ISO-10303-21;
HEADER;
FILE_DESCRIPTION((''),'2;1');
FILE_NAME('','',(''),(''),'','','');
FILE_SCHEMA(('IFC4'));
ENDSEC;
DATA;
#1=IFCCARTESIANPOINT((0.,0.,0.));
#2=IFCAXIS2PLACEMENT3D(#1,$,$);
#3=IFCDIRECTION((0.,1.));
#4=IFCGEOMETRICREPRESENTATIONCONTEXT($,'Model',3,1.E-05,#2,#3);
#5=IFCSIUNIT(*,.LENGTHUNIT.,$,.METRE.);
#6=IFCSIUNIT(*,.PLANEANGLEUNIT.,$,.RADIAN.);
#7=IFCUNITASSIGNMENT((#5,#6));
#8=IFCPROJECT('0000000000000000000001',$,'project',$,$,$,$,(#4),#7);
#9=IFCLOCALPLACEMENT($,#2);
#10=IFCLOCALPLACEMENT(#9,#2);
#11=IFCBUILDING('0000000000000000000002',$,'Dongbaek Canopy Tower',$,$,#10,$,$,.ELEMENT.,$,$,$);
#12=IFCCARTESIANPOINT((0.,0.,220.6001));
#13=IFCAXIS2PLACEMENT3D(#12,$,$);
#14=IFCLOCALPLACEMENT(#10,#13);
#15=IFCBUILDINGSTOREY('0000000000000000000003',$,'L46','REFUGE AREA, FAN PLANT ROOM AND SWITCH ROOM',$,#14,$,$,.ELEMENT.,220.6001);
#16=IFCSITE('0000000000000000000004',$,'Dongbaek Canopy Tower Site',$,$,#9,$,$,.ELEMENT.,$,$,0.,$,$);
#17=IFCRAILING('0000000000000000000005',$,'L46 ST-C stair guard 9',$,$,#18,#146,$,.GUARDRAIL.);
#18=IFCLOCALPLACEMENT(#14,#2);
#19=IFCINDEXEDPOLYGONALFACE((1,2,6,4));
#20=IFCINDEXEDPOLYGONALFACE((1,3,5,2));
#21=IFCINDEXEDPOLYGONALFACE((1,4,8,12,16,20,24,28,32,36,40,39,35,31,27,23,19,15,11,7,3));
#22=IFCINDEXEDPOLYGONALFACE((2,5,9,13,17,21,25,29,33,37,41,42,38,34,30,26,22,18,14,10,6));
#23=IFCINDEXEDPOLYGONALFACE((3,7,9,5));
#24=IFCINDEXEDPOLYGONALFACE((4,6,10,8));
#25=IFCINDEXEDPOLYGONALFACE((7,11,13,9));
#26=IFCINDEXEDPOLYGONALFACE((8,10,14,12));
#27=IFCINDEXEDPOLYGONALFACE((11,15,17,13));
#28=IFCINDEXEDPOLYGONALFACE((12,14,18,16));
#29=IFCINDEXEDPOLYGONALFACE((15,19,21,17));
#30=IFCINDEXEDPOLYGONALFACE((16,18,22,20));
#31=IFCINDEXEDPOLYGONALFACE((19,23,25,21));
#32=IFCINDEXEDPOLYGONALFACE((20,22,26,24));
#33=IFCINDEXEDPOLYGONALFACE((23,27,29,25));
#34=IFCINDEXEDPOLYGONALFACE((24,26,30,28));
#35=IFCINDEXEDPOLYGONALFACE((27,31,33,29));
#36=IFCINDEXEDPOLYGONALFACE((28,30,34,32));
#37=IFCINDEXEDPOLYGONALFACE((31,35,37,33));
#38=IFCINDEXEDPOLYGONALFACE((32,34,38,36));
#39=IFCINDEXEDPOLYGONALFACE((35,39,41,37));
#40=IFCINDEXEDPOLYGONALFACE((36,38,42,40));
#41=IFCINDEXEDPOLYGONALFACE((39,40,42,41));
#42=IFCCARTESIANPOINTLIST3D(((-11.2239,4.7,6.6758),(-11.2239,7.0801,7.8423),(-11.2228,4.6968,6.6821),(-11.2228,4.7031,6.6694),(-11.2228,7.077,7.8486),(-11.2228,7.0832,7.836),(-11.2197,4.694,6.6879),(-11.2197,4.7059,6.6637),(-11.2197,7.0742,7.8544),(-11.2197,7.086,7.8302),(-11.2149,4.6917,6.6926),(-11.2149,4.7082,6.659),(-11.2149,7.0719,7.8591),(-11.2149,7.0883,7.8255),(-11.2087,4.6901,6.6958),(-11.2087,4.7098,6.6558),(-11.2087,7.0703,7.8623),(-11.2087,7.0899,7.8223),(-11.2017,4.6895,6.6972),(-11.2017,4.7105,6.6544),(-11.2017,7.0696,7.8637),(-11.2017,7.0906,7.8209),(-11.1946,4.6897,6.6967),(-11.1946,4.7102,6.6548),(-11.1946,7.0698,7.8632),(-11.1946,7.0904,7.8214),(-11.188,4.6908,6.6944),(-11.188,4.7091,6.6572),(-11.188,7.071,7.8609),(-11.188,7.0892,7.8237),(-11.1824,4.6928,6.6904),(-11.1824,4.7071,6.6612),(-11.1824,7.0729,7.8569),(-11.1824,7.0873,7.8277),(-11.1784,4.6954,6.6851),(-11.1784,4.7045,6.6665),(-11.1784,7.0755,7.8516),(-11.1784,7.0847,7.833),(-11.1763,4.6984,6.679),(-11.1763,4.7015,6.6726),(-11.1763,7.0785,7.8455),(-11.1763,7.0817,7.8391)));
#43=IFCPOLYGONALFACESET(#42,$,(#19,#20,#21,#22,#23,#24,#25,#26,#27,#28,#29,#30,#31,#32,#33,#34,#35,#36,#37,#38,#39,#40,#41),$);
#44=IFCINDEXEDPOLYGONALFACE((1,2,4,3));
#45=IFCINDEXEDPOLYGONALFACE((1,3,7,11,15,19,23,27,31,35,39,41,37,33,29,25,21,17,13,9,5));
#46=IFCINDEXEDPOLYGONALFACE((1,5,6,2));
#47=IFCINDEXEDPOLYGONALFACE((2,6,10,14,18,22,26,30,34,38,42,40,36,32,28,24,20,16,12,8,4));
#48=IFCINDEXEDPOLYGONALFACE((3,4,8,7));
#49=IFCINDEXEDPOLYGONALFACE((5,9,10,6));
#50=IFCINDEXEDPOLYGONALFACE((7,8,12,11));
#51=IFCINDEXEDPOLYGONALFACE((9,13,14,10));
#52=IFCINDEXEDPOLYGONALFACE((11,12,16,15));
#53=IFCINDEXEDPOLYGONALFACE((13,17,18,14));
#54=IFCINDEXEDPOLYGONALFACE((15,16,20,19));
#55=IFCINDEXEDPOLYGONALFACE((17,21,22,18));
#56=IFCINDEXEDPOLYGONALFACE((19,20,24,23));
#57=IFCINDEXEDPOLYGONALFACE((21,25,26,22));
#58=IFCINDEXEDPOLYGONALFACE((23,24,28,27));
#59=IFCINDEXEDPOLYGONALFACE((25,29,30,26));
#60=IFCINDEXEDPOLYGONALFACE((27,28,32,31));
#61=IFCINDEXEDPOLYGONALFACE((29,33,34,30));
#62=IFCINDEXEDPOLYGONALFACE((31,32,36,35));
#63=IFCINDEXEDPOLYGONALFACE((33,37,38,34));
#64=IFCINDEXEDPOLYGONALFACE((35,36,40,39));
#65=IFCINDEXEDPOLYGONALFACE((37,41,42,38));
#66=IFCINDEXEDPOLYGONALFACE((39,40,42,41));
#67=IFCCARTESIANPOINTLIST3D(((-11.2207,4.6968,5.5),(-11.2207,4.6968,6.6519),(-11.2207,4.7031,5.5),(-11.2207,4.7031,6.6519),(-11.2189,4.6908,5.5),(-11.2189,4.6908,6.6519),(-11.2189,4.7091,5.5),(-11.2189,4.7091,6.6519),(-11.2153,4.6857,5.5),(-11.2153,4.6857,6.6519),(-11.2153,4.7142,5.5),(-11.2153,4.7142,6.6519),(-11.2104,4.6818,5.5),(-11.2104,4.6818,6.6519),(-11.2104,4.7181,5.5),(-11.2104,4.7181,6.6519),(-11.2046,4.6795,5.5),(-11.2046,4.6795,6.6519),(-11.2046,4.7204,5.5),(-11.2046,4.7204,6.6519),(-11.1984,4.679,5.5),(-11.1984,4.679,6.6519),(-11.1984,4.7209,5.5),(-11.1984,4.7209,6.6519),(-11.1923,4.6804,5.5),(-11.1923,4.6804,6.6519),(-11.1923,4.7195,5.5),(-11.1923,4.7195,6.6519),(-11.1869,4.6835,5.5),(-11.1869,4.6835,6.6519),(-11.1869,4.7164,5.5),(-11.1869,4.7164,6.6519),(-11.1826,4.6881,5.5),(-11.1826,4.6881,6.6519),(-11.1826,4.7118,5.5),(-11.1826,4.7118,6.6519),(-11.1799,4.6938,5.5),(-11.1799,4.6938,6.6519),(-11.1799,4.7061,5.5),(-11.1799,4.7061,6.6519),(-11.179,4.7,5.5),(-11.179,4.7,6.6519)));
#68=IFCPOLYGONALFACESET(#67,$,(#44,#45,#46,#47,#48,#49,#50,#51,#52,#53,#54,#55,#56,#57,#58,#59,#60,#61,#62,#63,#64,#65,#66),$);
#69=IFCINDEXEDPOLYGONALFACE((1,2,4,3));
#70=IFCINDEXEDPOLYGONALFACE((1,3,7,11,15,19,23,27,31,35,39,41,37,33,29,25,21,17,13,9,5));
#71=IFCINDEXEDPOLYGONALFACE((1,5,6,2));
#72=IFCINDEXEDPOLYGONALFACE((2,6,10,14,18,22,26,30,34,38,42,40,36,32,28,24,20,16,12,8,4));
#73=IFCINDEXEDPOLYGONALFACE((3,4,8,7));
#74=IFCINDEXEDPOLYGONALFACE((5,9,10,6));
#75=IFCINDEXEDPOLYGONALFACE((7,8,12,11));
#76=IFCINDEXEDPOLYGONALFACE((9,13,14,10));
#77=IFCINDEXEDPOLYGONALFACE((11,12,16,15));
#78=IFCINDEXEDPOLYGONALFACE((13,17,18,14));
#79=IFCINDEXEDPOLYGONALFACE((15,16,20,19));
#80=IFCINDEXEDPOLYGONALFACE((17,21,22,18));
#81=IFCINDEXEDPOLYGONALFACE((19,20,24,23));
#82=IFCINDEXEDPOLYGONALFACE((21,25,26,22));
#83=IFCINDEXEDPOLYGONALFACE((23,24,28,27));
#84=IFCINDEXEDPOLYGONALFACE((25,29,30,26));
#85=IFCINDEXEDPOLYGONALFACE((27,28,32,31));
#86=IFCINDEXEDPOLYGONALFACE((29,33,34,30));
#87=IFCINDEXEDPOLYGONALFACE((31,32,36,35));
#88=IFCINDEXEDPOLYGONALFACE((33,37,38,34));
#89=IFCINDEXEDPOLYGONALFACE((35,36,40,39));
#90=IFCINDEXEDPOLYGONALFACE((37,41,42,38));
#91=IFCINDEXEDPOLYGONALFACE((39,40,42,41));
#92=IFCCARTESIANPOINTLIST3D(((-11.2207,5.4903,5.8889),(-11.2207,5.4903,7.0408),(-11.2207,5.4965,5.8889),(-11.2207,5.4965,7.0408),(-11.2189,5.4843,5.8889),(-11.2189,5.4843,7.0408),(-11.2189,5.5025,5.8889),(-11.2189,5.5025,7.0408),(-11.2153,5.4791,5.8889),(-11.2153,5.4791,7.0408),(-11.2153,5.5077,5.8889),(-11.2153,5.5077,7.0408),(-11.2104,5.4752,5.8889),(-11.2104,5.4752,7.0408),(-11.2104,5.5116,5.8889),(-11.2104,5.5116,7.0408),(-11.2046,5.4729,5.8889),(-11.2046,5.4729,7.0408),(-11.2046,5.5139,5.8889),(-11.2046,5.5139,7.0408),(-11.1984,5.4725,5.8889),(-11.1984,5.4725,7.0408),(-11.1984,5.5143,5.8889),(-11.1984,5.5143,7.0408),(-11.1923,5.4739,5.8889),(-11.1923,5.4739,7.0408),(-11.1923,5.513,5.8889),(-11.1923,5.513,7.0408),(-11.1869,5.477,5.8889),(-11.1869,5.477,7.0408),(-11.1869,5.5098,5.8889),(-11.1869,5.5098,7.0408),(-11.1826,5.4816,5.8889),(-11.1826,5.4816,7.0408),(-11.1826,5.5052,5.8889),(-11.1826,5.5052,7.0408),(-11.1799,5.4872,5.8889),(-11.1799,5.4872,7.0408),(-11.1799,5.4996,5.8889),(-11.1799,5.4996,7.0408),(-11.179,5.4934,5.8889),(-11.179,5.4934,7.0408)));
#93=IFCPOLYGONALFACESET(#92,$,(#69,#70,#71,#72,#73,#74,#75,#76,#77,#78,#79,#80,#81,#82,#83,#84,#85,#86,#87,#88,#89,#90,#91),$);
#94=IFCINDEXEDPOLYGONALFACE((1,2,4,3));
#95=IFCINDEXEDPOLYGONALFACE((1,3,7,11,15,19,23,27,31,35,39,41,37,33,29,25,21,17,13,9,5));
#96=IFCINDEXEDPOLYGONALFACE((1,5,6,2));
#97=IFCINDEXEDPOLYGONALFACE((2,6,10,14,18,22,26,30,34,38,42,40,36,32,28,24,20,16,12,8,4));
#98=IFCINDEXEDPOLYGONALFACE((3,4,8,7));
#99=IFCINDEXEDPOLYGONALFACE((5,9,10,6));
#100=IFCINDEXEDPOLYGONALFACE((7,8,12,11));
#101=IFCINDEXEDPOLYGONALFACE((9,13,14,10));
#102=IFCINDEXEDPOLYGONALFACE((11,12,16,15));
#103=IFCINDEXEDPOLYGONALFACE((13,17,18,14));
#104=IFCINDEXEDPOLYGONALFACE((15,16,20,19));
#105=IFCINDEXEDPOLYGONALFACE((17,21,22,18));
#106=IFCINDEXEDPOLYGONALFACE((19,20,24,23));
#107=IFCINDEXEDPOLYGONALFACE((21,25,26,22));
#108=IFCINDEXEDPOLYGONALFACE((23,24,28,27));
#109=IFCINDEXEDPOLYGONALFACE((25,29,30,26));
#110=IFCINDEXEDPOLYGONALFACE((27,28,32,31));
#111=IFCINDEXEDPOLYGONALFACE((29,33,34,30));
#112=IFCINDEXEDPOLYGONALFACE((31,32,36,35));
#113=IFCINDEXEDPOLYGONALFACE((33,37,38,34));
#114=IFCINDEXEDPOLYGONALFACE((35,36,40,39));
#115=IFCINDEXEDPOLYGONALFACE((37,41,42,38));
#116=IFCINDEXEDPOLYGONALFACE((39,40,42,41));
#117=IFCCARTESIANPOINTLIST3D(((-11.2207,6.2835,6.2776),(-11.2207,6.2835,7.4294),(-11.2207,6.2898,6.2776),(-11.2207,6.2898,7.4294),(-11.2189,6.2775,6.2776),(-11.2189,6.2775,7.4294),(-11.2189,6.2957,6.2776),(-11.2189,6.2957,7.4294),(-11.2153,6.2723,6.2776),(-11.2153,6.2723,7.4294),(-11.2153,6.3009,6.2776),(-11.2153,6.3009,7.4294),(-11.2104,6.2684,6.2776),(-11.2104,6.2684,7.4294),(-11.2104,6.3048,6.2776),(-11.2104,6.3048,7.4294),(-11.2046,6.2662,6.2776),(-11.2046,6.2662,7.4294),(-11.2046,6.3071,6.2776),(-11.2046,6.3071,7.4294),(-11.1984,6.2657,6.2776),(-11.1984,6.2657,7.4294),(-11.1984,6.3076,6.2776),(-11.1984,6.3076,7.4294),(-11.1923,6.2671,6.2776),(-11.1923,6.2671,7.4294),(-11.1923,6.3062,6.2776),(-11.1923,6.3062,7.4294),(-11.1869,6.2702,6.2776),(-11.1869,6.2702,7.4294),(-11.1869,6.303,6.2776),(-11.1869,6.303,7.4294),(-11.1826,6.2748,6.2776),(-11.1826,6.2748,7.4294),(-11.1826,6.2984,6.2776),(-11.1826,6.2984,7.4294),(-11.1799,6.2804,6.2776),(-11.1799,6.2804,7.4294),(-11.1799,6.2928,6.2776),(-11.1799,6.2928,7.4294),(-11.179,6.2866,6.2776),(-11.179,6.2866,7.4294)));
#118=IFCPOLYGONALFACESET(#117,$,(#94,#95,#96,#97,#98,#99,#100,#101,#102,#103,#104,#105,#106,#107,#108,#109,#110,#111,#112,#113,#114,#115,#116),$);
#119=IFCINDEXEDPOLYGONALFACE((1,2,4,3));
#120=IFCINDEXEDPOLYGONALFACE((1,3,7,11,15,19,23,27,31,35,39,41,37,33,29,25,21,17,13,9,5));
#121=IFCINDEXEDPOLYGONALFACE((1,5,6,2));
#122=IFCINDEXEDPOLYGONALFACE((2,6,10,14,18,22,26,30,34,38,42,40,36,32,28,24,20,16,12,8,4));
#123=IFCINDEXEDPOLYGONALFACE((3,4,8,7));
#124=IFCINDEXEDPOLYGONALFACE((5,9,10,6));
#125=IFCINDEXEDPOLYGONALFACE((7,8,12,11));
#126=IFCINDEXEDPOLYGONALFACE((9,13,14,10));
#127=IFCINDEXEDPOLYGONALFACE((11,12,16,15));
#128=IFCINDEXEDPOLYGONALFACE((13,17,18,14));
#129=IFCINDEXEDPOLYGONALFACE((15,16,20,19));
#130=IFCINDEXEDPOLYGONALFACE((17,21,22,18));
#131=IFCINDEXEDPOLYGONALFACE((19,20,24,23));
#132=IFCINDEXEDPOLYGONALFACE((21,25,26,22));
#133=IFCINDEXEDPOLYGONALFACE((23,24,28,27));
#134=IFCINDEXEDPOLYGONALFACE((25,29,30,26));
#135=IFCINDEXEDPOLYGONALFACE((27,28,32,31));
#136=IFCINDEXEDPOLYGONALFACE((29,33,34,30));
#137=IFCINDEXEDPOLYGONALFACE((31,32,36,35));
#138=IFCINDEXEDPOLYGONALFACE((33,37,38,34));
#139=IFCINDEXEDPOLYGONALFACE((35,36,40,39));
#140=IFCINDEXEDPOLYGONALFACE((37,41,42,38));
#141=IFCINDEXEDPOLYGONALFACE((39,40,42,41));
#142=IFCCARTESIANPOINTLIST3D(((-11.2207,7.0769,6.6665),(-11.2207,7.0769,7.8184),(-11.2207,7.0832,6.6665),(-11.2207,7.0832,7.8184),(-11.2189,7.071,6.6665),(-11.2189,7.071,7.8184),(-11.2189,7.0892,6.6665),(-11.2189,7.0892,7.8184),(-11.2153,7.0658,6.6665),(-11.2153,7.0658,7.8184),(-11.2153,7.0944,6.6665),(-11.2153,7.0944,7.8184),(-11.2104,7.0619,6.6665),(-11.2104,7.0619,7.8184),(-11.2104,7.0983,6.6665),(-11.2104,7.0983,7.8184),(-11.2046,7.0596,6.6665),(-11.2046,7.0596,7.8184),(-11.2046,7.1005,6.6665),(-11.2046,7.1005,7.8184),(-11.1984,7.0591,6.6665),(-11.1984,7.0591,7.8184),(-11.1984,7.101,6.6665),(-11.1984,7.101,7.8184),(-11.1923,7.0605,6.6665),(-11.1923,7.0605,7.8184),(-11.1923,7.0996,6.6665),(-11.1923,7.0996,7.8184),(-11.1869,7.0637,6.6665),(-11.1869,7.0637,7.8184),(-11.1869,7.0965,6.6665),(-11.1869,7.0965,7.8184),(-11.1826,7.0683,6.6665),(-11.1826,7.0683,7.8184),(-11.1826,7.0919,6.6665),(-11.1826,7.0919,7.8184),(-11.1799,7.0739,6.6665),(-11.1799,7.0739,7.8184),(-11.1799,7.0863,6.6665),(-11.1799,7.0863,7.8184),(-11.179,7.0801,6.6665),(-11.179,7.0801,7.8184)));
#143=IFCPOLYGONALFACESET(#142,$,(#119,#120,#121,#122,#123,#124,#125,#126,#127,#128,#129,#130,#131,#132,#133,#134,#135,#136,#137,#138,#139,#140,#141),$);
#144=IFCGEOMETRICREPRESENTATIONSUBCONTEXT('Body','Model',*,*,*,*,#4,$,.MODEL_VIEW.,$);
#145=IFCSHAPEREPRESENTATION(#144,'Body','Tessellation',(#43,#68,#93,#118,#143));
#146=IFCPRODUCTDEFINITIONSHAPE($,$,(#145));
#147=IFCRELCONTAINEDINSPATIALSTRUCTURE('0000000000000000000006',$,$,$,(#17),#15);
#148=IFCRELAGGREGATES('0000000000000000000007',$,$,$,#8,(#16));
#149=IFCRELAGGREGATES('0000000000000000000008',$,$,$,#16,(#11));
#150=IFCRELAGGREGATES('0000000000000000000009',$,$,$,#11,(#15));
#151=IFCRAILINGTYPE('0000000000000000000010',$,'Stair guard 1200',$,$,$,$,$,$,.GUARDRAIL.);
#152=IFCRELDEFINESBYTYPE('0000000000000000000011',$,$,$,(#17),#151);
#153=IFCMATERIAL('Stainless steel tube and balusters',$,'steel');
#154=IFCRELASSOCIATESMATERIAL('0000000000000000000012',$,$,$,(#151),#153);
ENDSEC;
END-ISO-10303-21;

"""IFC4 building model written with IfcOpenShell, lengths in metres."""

from ifc_helpers import new_model, si_unit, direction, frame, origin, origin_2d, place, context, subcontext, project, spatial, circle, extrude, material, type_object, element, save


model = new_model("IFC4")

# Units and contexts
model_context = context("Model", 3, precision=1e-05, world=origin(), true_north=direction((0.0, 1.0)))
body_context = subcontext(model_context, "Body", "Model", "MODEL_VIEW")
ifc_project = project(units=[si_unit("LENGTHUNIT", "METRE"), si_unit("PLANEANGLEUNIT", "RADIAN")], contexts=[model_context])

# Site, building, storey
site_placement = place(None, origin())
site = spatial("IfcSite", under=ifc_project, at=site_placement, Name="Dongbaek Canopy Tower Site", CompositionType="ELEMENT", RefElevation=0.0)
building_placement = place(site_placement, origin())
building = spatial("IfcBuilding", under=site, at=building_placement, Name="Dongbaek Canopy Tower", CompositionType="ELEMENT")
storey_placement = place(building_placement, frame((0.0, 0.0, 220.6001)))
storey = spatial("IfcBuildingStorey", under=building, at=storey_placement, Name="L46", Description="REFUGE AREA, FAN PLANT ROOM AND SWITCH ROOM", CompositionType="ELEMENT", Elevation=220.6001)

# Railing
ifc_material_1 = material(Name="Stainless steel tube and balusters", Category="steel")
railing_type = type_object("IfcRailingType", Name="Stair guard 1200", PredefinedType="GUARDRAIL", material=ifc_material_1)
railing_1_placement = place(storey_placement, frame((-11.2, 4.7, 5.5)))
element("IfcRailing", 1, at=railing_1_placement, inside=storey, type_object=railing_type, Name="L46 ST-C stair guard 9", PredefinedType="GUARDRAIL", context=body_context, shape_type="SweptSolid", body=[
    extrude(circle(Radius=0.0239, at=origin_2d()), frame((0.0, 0.0, 1.1758), z_axis=(0.0, 0.897954, 0.440089), x_axis=(-1.0, 0.0, 0.0)), (0.0, 0.0, 1.0), 2.6506),
    extrude(circle(Radius=0.021, at=origin_2d()), origin(), (0.0, 0.0, 1.0), 1.1519),
    extrude(circle(Radius=0.021, at=origin_2d()), frame((0.0, 0.7935, 0.3889)), (0.0, 0.0, 1.0), 1.1519),
    extrude(circle(Radius=0.021, at=origin_2d()), frame((0.0, 1.5867, 0.7776)), (0.0, 0.0, 1.0), 1.1519),
    extrude(circle(Radius=0.021, at=origin_2d()), frame((0.0, 2.3801, 1.1665)), (0.0, 0.0, 1.0), 1.1519),
])

save(model, "model.ifc")
